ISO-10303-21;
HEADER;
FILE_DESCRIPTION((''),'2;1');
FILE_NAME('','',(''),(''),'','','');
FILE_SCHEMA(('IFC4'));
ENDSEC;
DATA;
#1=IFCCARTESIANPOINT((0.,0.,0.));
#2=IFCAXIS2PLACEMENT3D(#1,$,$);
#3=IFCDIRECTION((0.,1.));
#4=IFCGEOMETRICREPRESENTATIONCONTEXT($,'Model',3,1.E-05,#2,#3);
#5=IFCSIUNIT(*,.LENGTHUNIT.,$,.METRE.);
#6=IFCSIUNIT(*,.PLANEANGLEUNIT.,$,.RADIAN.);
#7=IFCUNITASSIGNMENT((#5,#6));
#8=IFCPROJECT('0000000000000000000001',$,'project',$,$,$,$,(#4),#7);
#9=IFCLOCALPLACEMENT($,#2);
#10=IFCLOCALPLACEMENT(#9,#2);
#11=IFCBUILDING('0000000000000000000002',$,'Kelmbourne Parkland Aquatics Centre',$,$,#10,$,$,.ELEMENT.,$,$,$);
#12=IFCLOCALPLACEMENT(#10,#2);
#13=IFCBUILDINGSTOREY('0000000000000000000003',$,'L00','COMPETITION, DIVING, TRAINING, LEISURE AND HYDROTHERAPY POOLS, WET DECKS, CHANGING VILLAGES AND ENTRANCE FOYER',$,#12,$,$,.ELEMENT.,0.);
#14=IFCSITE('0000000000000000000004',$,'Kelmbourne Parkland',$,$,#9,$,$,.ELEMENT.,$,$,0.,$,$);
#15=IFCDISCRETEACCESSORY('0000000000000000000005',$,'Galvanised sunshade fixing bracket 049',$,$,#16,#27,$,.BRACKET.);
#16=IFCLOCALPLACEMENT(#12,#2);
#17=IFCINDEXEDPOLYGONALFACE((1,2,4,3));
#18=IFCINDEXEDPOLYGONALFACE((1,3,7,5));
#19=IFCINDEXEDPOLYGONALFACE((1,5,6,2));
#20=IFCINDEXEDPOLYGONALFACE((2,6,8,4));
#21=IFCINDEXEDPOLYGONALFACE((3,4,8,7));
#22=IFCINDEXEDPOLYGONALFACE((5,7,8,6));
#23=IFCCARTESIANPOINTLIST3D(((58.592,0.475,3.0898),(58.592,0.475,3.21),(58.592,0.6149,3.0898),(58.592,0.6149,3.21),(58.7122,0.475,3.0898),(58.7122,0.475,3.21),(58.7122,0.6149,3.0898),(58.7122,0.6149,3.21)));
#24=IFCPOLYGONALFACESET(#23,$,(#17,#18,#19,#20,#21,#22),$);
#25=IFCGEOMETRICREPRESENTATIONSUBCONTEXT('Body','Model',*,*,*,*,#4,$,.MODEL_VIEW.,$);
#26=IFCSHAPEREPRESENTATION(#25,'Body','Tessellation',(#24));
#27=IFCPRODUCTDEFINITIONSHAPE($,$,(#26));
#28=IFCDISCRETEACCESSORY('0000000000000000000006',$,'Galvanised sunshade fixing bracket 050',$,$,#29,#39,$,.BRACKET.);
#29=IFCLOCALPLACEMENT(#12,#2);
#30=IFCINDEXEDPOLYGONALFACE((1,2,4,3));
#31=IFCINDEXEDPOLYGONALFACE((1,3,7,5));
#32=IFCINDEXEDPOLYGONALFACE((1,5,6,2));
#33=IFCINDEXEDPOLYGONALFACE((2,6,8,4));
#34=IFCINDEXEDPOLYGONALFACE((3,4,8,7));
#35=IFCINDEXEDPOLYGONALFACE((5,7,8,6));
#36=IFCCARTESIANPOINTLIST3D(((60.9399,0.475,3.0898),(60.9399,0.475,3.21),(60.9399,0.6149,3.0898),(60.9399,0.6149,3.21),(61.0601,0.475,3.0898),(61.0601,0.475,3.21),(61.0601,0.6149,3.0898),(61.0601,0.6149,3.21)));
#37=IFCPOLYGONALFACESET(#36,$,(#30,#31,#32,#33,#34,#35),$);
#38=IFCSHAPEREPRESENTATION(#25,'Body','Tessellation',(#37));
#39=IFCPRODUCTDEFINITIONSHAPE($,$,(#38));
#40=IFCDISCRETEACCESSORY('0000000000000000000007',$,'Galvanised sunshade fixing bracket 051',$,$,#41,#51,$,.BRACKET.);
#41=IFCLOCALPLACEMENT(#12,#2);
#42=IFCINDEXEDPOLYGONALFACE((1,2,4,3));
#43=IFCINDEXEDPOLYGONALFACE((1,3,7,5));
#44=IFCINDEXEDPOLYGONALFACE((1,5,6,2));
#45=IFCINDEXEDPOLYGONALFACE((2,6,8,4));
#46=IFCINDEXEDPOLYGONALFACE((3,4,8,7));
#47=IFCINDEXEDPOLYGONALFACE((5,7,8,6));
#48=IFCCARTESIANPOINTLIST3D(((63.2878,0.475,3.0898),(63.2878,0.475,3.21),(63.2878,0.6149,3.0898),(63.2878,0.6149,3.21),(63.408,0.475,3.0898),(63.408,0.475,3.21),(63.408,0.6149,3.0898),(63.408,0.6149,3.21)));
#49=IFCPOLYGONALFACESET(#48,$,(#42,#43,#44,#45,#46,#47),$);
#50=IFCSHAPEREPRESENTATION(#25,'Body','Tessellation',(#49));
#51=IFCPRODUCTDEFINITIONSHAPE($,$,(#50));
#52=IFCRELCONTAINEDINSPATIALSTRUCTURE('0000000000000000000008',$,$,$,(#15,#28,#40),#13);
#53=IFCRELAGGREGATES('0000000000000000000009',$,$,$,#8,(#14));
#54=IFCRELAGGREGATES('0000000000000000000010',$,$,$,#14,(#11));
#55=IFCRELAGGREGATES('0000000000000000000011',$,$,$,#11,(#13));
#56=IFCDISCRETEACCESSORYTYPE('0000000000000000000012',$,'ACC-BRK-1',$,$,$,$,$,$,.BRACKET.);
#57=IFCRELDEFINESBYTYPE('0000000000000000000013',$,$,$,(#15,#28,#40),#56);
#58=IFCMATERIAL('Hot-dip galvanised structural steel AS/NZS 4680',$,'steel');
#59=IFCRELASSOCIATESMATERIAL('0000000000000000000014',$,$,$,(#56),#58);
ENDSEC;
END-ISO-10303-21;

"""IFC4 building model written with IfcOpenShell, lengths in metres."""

from ifc_helpers import new_model, si_unit, direction, frame, origin, origin_2d, place, context, subcontext, project, spatial, rectangle, extrude, material, type_object, element, save


model = new_model("IFC4")

# Units and contexts
model_context = context("Model", 3, precision=1e-05, world=origin(), true_north=direction((0.0, 1.0)))
body_context = subcontext(model_context, "Body", "Model", "MODEL_VIEW")
ifc_project = project(units=[si_unit("LENGTHUNIT", "METRE"), si_unit("PLANEANGLEUNIT", "RADIAN")], contexts=[model_context])

# Site, building, storey
site_placement = place(None, origin())
site = spatial("IfcSite", under=ifc_project, at=site_placement, Name="Kelmbourne Parkland", CompositionType="ELEMENT", RefElevation=0.0)
building_placement = place(site_placement, origin())
building = spatial("IfcBuilding", under=site, at=building_placement, Name="Kelmbourne Parkland Aquatics Centre", CompositionType="ELEMENT")
storey_placement = place(building_placement, origin())
storey = spatial("IfcBuildingStorey", under=building, at=storey_placement, Name="L00", Description="COMPETITION, DIVING, TRAINING, LEISURE AND HYDROTHERAPY POOLS, WET DECKS, CHANGING VILLAGES AND ENTRANCE FOYER", CompositionType="ELEMENT", Elevation=0.0)

# Discrete accessories
ifc_material_1 = material(Name="Hot-dip galvanised structural steel AS/NZS 4680", Category="steel")
discrete_accessory_type = type_object("IfcDiscreteAccessoryType", Name="ACC-BRK-1", PredefinedType="BRACKET", material=ifc_material_1)
for number, where, z_axis, x_axis, name in (
    (1, (58.6521, 0.5449, 3.0898), (0.0, 0.0, 1.0), (1.0, 0.0, 0.0), "Galvanised sunshade fixing bracket 049"),
    (2, (61.0, 0.5449, 3.0898), (0.0, 0.0, 1.0), (1.0, 0.0, 0.0), "Galvanised sunshade fixing bracket 050"),
    (3, (63.3479, 0.5449, 3.0898), (0.0, 0.0, 1.0), (1.0, 0.0, 0.0), "Galvanised sunshade fixing bracket 051"),
):
    element("IfcDiscreteAccessory", number, at=place(storey_placement, frame(where, z_axis=z_axis, x_axis=x_axis)), inside=storey, type_object=discrete_accessory_type, Name=name, PredefinedType="BRACKET", context=body_context, shape_type="SweptSolid", body=[
        extrude(rectangle(XDim=0.1201, YDim=0.1399, at=origin_2d()), origin(), (0.0, 0.0, 1.0), 0.1201),
    ])

save(model, "model.ifc")
